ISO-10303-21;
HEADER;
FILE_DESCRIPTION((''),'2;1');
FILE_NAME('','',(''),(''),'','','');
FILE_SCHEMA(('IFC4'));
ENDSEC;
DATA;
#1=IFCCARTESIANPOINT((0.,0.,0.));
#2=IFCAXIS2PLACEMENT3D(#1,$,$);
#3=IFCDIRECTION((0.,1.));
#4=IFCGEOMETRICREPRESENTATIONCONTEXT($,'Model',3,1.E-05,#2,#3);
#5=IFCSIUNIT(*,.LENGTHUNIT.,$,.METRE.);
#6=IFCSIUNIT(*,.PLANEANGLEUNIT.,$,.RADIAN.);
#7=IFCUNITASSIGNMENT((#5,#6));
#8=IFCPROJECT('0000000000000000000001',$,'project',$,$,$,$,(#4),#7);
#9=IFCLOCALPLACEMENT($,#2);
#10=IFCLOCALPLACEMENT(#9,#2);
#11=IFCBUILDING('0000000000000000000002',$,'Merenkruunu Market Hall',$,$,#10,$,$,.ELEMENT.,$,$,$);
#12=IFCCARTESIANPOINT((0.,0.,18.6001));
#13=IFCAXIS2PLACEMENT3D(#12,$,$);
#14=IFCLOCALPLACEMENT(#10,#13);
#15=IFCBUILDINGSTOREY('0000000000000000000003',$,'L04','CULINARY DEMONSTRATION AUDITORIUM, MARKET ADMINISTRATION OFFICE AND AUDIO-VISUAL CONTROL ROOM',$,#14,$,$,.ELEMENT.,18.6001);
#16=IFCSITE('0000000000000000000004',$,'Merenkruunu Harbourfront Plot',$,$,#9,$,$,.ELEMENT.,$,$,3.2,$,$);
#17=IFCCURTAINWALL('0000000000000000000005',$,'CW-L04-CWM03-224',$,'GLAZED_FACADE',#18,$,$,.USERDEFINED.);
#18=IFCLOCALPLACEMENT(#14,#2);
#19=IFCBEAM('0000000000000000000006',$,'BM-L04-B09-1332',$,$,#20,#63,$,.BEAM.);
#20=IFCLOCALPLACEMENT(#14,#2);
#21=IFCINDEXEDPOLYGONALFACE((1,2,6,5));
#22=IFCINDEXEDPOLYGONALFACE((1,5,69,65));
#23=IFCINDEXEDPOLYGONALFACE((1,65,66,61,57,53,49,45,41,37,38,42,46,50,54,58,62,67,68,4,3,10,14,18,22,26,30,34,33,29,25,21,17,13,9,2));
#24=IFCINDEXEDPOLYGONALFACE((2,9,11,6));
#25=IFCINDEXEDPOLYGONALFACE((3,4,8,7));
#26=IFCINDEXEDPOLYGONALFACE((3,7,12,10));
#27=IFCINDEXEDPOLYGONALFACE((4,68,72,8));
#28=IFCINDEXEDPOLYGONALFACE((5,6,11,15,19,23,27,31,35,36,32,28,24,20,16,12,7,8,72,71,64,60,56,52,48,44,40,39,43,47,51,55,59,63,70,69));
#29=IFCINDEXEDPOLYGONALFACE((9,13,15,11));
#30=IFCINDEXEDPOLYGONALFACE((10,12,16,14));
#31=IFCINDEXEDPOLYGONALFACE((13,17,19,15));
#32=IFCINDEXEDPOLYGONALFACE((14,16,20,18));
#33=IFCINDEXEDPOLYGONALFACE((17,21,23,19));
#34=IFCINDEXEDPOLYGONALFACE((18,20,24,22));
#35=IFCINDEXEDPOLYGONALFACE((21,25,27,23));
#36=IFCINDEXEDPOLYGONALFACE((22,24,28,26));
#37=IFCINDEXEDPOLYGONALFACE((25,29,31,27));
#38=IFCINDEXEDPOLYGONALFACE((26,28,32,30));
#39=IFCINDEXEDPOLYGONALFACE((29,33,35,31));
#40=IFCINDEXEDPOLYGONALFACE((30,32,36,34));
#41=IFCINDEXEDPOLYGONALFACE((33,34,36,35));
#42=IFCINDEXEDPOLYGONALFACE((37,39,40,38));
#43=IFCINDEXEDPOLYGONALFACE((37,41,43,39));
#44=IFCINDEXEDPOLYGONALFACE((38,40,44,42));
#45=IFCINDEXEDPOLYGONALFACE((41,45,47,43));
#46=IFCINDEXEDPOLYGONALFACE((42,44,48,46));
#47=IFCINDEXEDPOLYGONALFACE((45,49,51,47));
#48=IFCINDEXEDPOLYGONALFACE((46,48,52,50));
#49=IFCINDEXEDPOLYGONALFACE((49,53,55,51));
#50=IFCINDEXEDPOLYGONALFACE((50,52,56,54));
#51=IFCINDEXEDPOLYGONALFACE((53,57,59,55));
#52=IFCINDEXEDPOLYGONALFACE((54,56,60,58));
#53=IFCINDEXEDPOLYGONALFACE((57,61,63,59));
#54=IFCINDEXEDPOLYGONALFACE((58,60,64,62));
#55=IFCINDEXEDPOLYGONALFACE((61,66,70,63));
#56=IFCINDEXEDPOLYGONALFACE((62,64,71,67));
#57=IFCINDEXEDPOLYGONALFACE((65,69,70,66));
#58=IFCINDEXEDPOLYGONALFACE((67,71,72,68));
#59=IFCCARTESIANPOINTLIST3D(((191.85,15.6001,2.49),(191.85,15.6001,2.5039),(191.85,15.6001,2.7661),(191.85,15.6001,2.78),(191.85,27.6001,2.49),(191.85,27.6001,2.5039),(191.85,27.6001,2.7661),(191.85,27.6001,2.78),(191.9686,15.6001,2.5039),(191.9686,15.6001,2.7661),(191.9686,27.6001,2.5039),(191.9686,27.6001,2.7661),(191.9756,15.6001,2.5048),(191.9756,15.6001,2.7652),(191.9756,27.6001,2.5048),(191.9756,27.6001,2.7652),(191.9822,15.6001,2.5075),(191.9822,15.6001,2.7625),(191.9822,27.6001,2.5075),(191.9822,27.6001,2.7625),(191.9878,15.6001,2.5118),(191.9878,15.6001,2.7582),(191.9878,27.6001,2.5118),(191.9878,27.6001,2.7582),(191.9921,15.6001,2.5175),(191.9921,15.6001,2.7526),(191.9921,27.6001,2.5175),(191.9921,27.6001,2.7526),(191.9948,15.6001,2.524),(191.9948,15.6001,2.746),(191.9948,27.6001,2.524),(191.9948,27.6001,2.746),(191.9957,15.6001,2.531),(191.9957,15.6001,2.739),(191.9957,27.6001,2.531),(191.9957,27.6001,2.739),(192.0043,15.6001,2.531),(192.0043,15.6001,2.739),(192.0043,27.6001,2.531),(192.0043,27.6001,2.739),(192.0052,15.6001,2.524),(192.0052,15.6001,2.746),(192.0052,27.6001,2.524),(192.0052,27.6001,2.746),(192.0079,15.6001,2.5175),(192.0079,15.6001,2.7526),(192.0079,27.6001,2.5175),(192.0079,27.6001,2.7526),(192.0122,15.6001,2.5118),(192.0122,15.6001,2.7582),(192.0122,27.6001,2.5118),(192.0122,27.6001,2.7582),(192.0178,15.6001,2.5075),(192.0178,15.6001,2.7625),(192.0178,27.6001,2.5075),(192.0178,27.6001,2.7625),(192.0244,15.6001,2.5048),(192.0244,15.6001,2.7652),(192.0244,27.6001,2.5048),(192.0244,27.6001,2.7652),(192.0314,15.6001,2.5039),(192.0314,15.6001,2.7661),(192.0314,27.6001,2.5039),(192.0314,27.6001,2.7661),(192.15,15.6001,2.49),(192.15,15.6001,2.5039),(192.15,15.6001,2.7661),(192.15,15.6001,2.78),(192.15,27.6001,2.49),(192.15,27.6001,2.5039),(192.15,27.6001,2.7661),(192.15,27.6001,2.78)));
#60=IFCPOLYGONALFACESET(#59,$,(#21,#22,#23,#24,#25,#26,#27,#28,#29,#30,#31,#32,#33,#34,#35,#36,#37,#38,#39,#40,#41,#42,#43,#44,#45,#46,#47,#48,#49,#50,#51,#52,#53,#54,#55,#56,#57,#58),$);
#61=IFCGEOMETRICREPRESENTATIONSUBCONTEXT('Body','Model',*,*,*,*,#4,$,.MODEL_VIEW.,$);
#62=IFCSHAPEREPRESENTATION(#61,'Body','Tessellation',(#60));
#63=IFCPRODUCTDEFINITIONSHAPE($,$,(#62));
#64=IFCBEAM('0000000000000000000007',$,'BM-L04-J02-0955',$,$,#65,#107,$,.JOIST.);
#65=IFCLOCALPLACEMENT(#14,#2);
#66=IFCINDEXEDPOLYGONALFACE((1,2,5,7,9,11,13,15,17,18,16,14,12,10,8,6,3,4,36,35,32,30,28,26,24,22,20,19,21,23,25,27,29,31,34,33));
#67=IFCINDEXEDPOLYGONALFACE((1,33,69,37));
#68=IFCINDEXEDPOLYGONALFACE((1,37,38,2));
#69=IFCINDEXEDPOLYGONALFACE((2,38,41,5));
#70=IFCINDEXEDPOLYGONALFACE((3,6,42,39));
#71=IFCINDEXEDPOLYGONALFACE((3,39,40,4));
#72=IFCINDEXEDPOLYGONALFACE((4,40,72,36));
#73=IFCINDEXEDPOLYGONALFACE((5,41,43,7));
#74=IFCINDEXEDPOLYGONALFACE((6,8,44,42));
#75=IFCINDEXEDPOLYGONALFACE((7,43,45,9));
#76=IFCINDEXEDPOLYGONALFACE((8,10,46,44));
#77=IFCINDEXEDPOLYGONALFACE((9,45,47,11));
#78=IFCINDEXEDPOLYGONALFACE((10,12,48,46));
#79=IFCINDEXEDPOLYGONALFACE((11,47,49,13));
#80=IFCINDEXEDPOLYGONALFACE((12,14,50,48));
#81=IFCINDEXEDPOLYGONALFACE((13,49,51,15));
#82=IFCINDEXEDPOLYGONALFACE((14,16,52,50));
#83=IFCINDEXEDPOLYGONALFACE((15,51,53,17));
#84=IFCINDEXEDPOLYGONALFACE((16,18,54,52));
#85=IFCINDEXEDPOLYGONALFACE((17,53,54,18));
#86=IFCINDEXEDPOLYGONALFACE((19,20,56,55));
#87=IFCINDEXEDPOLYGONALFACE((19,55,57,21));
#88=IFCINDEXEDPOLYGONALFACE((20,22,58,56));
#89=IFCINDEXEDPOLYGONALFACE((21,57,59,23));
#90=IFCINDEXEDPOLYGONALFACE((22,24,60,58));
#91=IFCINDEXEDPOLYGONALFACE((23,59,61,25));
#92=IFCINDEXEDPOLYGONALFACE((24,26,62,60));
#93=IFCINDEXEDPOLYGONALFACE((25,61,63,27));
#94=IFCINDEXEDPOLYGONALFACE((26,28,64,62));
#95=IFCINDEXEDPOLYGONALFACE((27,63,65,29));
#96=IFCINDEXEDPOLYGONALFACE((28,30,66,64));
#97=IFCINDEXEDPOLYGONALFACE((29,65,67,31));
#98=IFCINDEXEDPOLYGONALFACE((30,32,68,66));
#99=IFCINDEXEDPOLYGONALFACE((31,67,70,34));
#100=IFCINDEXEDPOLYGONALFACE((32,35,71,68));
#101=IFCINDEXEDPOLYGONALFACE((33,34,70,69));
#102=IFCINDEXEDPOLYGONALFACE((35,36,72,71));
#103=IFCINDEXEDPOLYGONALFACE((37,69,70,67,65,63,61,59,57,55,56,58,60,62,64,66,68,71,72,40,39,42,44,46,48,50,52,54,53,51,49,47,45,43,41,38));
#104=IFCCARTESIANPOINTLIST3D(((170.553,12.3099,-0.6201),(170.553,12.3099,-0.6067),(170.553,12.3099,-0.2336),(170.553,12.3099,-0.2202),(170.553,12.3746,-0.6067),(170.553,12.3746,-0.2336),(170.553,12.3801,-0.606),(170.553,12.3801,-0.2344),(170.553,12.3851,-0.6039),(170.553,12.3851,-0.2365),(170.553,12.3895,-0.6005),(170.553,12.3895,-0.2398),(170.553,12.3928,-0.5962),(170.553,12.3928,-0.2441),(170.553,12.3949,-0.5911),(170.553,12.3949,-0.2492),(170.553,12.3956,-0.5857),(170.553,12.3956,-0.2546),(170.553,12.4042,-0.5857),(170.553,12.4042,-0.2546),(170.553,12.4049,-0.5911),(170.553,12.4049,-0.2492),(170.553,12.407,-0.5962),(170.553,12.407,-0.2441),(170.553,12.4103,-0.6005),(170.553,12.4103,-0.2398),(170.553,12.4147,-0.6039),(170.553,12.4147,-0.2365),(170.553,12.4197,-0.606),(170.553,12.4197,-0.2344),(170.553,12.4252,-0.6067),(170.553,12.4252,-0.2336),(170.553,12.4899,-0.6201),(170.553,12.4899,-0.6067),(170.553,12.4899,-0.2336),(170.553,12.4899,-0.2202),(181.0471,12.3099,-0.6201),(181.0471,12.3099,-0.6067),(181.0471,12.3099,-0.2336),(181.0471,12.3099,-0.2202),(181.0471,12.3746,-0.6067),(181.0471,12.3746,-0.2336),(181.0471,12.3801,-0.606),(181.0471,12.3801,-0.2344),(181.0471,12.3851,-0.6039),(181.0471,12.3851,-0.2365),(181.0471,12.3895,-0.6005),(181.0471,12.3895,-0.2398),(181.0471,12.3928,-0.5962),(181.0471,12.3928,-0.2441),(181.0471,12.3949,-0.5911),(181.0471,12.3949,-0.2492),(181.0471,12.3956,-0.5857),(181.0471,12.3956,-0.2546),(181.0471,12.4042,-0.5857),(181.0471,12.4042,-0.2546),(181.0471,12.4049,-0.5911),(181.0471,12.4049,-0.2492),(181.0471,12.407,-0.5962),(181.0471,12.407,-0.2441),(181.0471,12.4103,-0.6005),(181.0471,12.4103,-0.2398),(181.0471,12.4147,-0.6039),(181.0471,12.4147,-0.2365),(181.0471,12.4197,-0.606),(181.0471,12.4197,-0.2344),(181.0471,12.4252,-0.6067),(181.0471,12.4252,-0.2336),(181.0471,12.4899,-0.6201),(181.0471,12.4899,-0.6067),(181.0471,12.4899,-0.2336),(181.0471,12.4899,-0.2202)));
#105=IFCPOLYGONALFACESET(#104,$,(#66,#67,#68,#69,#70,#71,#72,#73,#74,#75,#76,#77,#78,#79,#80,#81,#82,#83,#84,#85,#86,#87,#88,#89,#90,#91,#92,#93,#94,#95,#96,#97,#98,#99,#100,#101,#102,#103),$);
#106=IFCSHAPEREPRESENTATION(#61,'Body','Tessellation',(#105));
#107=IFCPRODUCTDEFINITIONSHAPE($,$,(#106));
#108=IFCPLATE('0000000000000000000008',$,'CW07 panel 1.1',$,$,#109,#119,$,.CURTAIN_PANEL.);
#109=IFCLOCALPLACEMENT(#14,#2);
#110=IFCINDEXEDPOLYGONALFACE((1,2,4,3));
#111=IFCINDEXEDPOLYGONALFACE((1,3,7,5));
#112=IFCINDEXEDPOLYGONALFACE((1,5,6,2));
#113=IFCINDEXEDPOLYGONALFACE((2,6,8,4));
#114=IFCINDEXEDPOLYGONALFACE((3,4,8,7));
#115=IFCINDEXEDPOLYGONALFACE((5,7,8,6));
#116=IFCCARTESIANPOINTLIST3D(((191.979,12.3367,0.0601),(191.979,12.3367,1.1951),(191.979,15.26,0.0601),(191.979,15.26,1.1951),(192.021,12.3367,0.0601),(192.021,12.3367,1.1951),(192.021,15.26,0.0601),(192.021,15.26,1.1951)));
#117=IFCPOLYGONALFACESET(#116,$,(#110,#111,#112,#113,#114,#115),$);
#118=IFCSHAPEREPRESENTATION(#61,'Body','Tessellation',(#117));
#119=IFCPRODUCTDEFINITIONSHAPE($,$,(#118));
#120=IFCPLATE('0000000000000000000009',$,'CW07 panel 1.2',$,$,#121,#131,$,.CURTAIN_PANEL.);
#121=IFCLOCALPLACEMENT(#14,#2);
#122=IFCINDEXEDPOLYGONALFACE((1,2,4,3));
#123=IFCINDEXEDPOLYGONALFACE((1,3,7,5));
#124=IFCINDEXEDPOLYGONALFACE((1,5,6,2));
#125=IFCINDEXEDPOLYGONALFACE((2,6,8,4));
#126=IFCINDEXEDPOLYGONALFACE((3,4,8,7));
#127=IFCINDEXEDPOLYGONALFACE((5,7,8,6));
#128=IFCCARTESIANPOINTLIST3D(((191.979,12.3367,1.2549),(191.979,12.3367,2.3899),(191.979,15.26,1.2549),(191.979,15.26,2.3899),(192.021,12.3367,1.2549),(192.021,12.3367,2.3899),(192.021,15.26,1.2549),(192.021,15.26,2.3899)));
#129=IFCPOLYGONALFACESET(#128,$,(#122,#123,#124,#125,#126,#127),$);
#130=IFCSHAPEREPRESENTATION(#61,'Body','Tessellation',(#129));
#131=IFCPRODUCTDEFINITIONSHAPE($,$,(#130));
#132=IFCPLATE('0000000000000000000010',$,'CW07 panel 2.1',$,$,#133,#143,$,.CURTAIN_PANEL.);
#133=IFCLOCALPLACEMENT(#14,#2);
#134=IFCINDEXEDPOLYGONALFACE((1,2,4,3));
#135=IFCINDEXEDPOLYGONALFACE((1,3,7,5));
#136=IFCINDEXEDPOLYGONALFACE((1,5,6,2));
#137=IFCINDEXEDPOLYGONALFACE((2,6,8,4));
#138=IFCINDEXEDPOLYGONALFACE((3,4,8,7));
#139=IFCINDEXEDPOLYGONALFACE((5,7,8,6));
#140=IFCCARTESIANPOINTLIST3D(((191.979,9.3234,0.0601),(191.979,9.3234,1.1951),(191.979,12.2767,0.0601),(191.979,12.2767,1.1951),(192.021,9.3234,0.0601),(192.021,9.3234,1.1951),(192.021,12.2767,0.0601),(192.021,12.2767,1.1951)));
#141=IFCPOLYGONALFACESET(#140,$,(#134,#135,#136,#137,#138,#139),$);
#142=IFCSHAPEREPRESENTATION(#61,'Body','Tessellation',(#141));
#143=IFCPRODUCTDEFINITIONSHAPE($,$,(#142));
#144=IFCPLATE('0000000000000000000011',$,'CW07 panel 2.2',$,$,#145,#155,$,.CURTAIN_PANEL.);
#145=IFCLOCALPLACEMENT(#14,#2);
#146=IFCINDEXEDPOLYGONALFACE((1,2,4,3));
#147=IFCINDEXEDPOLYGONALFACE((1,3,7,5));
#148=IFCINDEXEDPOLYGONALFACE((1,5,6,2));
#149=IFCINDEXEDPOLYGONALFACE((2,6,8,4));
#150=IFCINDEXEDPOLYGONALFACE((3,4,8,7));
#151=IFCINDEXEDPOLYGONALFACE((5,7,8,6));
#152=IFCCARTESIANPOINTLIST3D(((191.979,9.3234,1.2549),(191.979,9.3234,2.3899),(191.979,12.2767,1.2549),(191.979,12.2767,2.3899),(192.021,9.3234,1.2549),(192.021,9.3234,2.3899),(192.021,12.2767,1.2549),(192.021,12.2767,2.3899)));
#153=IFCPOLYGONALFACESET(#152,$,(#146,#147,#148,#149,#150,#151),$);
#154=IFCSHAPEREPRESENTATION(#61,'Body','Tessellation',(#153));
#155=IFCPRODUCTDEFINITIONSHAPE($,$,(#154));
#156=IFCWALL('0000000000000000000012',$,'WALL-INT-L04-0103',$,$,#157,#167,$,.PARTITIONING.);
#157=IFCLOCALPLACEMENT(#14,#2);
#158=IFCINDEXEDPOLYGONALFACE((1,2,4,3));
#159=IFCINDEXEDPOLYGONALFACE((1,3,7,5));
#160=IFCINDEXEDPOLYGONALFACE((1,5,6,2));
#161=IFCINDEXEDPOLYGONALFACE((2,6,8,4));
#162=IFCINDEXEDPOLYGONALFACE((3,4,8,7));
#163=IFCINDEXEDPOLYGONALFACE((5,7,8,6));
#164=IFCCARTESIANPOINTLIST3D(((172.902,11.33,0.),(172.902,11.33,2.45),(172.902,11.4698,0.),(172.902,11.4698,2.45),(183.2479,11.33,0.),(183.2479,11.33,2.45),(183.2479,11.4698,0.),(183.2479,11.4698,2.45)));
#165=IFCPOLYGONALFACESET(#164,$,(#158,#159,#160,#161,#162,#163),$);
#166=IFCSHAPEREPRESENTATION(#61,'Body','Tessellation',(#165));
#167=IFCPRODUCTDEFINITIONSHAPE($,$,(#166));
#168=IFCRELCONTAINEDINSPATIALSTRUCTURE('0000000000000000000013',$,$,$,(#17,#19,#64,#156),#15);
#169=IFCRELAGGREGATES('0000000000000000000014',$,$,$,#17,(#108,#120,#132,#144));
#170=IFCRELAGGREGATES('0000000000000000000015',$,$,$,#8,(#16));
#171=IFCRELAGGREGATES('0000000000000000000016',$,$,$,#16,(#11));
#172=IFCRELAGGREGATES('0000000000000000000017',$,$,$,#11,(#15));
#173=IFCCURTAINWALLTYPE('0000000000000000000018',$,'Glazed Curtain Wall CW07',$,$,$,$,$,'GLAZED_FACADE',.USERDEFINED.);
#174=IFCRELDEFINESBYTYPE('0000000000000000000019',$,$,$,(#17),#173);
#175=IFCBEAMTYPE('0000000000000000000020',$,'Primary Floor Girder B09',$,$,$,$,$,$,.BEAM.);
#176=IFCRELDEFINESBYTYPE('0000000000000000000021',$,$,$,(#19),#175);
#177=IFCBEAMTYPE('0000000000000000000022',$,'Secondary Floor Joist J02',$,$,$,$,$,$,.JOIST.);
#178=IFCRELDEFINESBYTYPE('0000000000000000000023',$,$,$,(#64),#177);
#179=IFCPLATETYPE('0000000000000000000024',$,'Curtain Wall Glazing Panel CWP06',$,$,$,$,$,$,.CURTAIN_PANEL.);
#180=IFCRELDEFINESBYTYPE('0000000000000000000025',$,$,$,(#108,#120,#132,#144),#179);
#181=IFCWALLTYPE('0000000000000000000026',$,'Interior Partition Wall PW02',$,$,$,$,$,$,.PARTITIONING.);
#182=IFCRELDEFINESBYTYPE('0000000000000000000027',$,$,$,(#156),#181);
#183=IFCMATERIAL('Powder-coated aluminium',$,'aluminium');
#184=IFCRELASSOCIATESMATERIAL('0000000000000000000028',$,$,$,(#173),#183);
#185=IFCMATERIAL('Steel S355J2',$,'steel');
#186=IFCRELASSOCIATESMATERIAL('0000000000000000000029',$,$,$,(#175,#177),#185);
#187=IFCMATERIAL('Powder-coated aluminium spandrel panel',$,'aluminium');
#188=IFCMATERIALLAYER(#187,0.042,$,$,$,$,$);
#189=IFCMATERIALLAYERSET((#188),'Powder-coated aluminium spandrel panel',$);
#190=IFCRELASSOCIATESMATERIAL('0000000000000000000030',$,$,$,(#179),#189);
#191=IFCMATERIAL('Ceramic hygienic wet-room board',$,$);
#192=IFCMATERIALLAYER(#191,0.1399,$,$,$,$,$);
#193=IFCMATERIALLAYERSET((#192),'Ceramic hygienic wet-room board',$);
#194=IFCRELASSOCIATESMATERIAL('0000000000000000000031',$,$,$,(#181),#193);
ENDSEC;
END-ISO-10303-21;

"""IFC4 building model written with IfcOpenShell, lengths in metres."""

from ifc_helpers import new_model, si_unit, direction, frame, frame_2d, origin, origin_2d, place, context, subcontext, project, spatial, rectangle, i_section, extrude, material, layer, layer_set, material_profile, profile_set, type_object, element, aggregate, save


model = new_model("IFC4")

# Units and contexts
model_context = context("Model", 3, precision=1e-05, world=origin(), true_north=direction((0.0, 1.0)))
body_context = subcontext(model_context, "Body", "Model", "MODEL_VIEW")
ifc_project = project(units=[si_unit("LENGTHUNIT", "METRE"), si_unit("PLANEANGLEUNIT", "RADIAN")], contexts=[model_context])

# Site, building, storey
site_placement = place(None, origin())
site = spatial("IfcSite", under=ifc_project, at=site_placement, Name="Merenkruunu Harbourfront Plot", CompositionType="ELEMENT", RefElevation=3.2)
building_placement = place(site_placement, origin())
building = spatial("IfcBuilding", under=site, at=building_placement, Name="Merenkruunu Market Hall", CompositionType="ELEMENT")
storey_placement = place(building_placement, frame((0.0, 0.0, 18.6001)))
storey = spatial("IfcBuildingStorey", under=building, at=storey_placement, Name="L04", Description="CULINARY DEMONSTRATION AUDITORIUM, MARKET ADMINISTRATION OFFICE AND AUDIO-VISUAL CONTROL ROOM", CompositionType="ELEMENT", Elevation=18.6001)

# Shared definitions
ifc_material_1 = material(Name="Steel S355J2", Category="steel")

# Curtain wall
ifc_material_2 = material(Name="Powder-coated aluminium", Category="aluminium")
curtain_wall_type = type_object("IfcCurtainWallType", Name="Glazed Curtain Wall CW07", ElementType="GLAZED_FACADE", PredefinedType="USERDEFINED", material=ifc_material_2)
curtain_wall_placement = place(storey_placement, origin())
curtain_wall = element("IfcCurtainWall", 1, at=curtain_wall_placement, inside=storey, type_object=curtain_wall_type, Name="CW-L04-CWM03-224", ObjectType="GLAZED_FACADE", PredefinedType="USERDEFINED")

# Beams
ifc_material_profile_1 = material_profile(ifc_material_1, i_section(OverallWidth=0.3, OverallDepth=0.29, WebThickness=0.0085, FlangeThickness=0.0139, FilletRadius=0.0271, at=origin_2d()), Name="HEA 300")
ifc_profile_set_1 = profile_set([ifc_material_profile_1], Name="Steel S355J2")
beam_type_1 = type_object("IfcBeamType", Name="Primary Floor Girder B09", PredefinedType="BEAM", material=ifc_profile_set_1)
for number, where, z_axis, x_axis, name in (
    (2, (192.0, 15.6001, 2.635), (0.0, 1.0, 0.0), (-1.0, 0.0, 0.0), "BM-L04-B09-1332"),
):
    element("IfcBeam", number, at=place(storey_placement, frame(where, z_axis=z_axis, x_axis=x_axis)), inside=storey, type_object=beam_type_1, Name=name, PredefinedType="BEAM", context=body_context, shape_type="SweptSolid", body=[
        extrude(i_section(OverallWidth=0.3, OverallDepth=0.29, WebThickness=0.0085, FlangeThickness=0.0139, FilletRadius=0.0271, at=origin_2d()), origin(), (0.0, 0.0, 1.0), 12.0),
    ])
ifc_material_profile_2 = material_profile(ifc_material_1, i_section(OverallWidth=0.1799, OverallDepth=0.3999, WebThickness=0.0085, FlangeThickness=0.0134, FilletRadius=0.021, at=origin_2d()), Name="IPE 400")
ifc_profile_set_2 = profile_set([ifc_material_profile_2], Name="Steel S355J2")
beam_type_2 = type_object("IfcBeamType", Name="Secondary Floor Joist J02", PredefinedType="JOIST", material=ifc_profile_set_2)
beam_1_placement = place(storey_placement, frame((170.553, 12.3999, -0.4202), z_axis=(1.0, 0.0, 0.0), x_axis=(0.0, 1.0, 0.0)))
element("IfcBeam", 3, at=beam_1_placement, inside=storey, type_object=beam_type_2, Name="BM-L04-J02-0955", PredefinedType="JOIST", context=body_context, shape_type="SweptSolid", body=[
    extrude(i_section(OverallWidth=0.1799, OverallDepth=0.3999, WebThickness=0.0085, FlangeThickness=0.0134, FilletRadius=0.021, at=origin_2d()), origin(), (0.0, 0.0, 1.0), 10.4941),
])

# Plates
ifc_material_3 = material(Name="Powder-coated aluminium spandrel panel", Category="aluminium")
ifc_layer_1 = layer(ifc_material_3, 0.042)
ifc_layer_set_1 = layer_set([ifc_layer_1], Name="Powder-coated aluminium spandrel panel")
plate_type = type_object("IfcPlateType", Name="Curtain Wall Glazing Panel CWP06", PredefinedType="CURTAIN_PANEL", material=ifc_layer_set_1)
plate_1_placement = place(storey_placement, frame((192.0, 13.7983, 0.0601), z_axis=(0.0, 0.0, 1.0), x_axis=(0.0, -1.0, 0.0)))
plate_1 = element("IfcPlate", 4, at=plate_1_placement, type_object=plate_type, Name="CW07 panel 1.1", PredefinedType="CURTAIN_PANEL", context=body_context, shape_type="SweptSolid", body=[
    extrude(rectangle(XDim=2.9233, YDim=0.042, at=origin_2d()), origin(), (0.0, 0.0, 1.0), 1.135),
])
plate_2_placement = place(storey_placement, frame((192.0, 13.7983, 1.2549), z_axis=(0.0, 0.0, 1.0), x_axis=(0.0, -1.0, 0.0)))
plate_2 = element("IfcPlate", 5, at=plate_2_placement, type_object=plate_type, Name="CW07 panel 1.2", PredefinedType="CURTAIN_PANEL", context=body_context, shape_type="SweptSolid", body=[
    extrude(rectangle(XDim=2.9233, YDim=0.042, at=origin_2d()), origin(), (0.0, 0.0, 1.0), 1.135),
])
plate_3_placement = place(storey_placement, frame((192.0, 10.8, 0.0601), z_axis=(0.0, 0.0, 1.0), x_axis=(0.0, -1.0, 0.0)))
plate_3 = element("IfcPlate", 6, at=plate_3_placement, type_object=plate_type, Name="CW07 panel 2.1", PredefinedType="CURTAIN_PANEL", context=body_context, shape_type="SweptSolid", body=[
    extrude(rectangle(XDim=2.9534, YDim=0.042, at=origin_2d()), origin(), (0.0, 0.0, 1.0), 1.135),
])
plate_4_placement = place(storey_placement, frame((192.0, 10.8, 1.2549), z_axis=(0.0, 0.0, 1.0), x_axis=(0.0, -1.0, 0.0)))
plate_4 = element("IfcPlate", 7, at=plate_4_placement, type_object=plate_type, Name="CW07 panel 2.2", PredefinedType="CURTAIN_PANEL", context=body_context, shape_type="SweptSolid", body=[
    extrude(rectangle(XDim=2.9534, YDim=0.042, at=origin_2d()), origin(), (0.0, 0.0, 1.0), 1.135),
])
aggregate(curtain_wall, [plate_1, plate_2, plate_3, plate_4])

# Wall
ifc_material_4 = material(Name="Ceramic hygienic wet-room board")
ifc_layer_2 = layer(ifc_material_4, 0.1399)
ifc_layer_set_2 = layer_set([ifc_layer_2], Name="Ceramic hygienic wet-room board")
wall_type_1 = type_object("IfcWallType", Name="Interior Partition Wall PW02", PredefinedType="PARTITIONING", material=ifc_layer_set_2)
wall_1_placement = place(storey_placement, frame((172.9021, 11.3999, 0.0), z_axis=(0.0, 0.0, 1.0), x_axis=(1.0, 0.0, 0.0)))
element("IfcWall", 8, at=wall_1_placement, inside=storey, type_object=wall_type_1, Name="WALL-INT-L04-0103", PredefinedType="PARTITIONING", context=body_context, shape_type="SweptSolid", body=[
    extrude(rectangle(XDim=10.3459, YDim=0.1399, at=frame_2d((5.1729, 0.0))), origin(), (0.0, 0.0, 1.0), 2.45),
])

save(model, "model.ifc")
